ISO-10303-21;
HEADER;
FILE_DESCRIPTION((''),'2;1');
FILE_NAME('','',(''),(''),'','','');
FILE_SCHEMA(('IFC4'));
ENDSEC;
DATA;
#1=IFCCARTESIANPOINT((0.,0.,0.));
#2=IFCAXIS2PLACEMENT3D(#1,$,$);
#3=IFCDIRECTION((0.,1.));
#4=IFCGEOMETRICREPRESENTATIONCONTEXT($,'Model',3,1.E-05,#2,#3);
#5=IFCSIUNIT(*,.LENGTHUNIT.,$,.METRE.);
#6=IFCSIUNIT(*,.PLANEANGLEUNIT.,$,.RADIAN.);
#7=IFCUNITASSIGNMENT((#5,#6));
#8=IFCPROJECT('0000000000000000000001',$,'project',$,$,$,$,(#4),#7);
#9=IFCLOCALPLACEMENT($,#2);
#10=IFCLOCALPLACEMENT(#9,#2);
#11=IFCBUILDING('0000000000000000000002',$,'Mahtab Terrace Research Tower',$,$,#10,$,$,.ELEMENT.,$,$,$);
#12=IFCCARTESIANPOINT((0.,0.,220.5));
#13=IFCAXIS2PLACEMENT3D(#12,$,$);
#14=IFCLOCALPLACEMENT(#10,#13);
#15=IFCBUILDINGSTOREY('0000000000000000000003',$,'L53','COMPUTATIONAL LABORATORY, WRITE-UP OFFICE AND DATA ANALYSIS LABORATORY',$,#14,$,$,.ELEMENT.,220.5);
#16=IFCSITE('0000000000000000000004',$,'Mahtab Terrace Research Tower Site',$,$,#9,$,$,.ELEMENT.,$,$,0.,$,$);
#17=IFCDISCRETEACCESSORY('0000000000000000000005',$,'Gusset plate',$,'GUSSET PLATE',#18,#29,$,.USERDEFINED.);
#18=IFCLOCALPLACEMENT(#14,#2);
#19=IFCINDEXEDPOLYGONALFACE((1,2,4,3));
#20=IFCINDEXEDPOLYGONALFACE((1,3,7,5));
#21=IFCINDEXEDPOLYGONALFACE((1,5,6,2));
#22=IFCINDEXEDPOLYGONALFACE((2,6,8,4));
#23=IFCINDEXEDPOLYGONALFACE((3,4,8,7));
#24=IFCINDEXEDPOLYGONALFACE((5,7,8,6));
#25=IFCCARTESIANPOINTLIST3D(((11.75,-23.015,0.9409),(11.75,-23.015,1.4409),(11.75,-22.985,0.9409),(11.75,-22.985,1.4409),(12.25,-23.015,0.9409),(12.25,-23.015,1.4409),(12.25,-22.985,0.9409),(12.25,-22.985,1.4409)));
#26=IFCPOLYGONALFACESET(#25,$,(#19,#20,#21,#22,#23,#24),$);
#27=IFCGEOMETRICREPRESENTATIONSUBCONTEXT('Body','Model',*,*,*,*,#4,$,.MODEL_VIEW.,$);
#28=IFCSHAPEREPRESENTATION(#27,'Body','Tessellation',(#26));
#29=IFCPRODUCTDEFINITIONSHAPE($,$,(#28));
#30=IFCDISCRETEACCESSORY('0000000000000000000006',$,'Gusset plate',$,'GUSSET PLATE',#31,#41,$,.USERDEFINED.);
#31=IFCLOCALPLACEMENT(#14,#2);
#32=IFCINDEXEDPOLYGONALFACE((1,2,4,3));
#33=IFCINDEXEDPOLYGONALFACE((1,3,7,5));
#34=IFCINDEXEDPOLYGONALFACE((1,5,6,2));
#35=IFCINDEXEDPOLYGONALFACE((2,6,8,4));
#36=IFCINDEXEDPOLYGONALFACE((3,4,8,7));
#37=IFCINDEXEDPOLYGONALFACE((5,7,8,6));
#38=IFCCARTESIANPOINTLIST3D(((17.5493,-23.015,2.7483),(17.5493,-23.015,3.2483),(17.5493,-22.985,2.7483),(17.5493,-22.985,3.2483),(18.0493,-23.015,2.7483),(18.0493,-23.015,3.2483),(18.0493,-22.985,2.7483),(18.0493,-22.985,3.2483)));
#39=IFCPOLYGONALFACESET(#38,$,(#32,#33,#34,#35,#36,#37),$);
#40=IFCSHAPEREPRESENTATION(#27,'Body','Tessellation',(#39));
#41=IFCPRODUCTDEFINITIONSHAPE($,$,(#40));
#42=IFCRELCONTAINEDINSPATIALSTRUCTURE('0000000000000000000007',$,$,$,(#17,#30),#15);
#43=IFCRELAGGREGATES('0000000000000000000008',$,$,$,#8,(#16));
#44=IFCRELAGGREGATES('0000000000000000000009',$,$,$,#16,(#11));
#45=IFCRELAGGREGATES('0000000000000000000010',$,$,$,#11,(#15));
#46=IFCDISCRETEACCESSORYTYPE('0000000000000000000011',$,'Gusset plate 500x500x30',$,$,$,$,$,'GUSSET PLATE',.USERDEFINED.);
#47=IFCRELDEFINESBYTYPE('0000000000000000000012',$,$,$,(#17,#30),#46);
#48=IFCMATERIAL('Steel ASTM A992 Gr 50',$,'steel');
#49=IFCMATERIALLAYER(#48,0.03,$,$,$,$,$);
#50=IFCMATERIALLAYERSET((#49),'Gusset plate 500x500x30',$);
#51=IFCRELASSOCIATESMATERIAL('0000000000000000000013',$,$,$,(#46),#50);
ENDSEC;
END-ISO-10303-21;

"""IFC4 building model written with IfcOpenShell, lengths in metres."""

from ifc_helpers import new_model, si_unit, direction, frame, origin, origin_2d, place, context, subcontext, project, spatial, rectangle, extrude, material, layer, layer_set, type_object, element, save


model = new_model("IFC4")

# Units and contexts
model_context = context("Model", 3, precision=1e-05, world=origin(), true_north=direction((0.0, 1.0)))
body_context = subcontext(model_context, "Body", "Model", "MODEL_VIEW")
ifc_project = project(units=[si_unit("LENGTHUNIT", "METRE"), si_unit("PLANEANGLEUNIT", "RADIAN")], contexts=[model_context])

# Site, building, storey
site_placement = place(None, origin())
site = spatial("IfcSite", under=ifc_project, at=site_placement, Name="Mahtab Terrace Research Tower Site", CompositionType="ELEMENT", RefElevation=0.0)
building_placement = place(site_placement, origin())
building = spatial("IfcBuilding", under=site, at=building_placement, Name="Mahtab Terrace Research Tower", CompositionType="ELEMENT")
storey_placement = place(building_placement, frame((0.0, 0.0, 220.5)))
storey = spatial("IfcBuildingStorey", under=building, at=storey_placement, Name="L53", Description="COMPUTATIONAL LABORATORY, WRITE-UP OFFICE AND DATA ANALYSIS LABORATORY", CompositionType="ELEMENT", Elevation=220.5)

# Shared definitions
ifc_material_1 = material(Name="Steel ASTM A992 Gr 50", Category="steel")

# Discrete accessories
ifc_layer_1 = layer(ifc_material_1, 0.03)
ifc_layer_set_1 = layer_set([ifc_layer_1], Name="Gusset plate 500x500x30")
discrete_accessory_type = type_object("IfcDiscreteAccessoryType", Name="Gusset plate 500x500x30", ElementType="GUSSET PLATE", PredefinedType="USERDEFINED", material=ifc_layer_set_1)
for number, where, z_axis, x_axis, name in (
    (1, (12.0, -23.0, 0.9409), (0.0, 0.0, 1.0), (1.0, 0.0, 0.0), "Gusset plate"),
    (2, (17.7993, -23.0, 2.7483), (0.0, 0.0, 1.0), (1.0, 0.0, 0.0), "Gusset plate"),
):
    element("IfcDiscreteAccessory", number, at=place(storey_placement, frame(where, z_axis=z_axis, x_axis=x_axis)), inside=storey, type_object=discrete_accessory_type, Name=name, ObjectType="GUSSET PLATE", PredefinedType="USERDEFINED", context=body_context, shape_type="SweptSolid", body=[
        extrude(rectangle(XDim=0.5, YDim=0.03, at=origin_2d()), origin(), (0.0, 0.0, 1.0), 0.5),
    ])

save(model, "model.ifc")
